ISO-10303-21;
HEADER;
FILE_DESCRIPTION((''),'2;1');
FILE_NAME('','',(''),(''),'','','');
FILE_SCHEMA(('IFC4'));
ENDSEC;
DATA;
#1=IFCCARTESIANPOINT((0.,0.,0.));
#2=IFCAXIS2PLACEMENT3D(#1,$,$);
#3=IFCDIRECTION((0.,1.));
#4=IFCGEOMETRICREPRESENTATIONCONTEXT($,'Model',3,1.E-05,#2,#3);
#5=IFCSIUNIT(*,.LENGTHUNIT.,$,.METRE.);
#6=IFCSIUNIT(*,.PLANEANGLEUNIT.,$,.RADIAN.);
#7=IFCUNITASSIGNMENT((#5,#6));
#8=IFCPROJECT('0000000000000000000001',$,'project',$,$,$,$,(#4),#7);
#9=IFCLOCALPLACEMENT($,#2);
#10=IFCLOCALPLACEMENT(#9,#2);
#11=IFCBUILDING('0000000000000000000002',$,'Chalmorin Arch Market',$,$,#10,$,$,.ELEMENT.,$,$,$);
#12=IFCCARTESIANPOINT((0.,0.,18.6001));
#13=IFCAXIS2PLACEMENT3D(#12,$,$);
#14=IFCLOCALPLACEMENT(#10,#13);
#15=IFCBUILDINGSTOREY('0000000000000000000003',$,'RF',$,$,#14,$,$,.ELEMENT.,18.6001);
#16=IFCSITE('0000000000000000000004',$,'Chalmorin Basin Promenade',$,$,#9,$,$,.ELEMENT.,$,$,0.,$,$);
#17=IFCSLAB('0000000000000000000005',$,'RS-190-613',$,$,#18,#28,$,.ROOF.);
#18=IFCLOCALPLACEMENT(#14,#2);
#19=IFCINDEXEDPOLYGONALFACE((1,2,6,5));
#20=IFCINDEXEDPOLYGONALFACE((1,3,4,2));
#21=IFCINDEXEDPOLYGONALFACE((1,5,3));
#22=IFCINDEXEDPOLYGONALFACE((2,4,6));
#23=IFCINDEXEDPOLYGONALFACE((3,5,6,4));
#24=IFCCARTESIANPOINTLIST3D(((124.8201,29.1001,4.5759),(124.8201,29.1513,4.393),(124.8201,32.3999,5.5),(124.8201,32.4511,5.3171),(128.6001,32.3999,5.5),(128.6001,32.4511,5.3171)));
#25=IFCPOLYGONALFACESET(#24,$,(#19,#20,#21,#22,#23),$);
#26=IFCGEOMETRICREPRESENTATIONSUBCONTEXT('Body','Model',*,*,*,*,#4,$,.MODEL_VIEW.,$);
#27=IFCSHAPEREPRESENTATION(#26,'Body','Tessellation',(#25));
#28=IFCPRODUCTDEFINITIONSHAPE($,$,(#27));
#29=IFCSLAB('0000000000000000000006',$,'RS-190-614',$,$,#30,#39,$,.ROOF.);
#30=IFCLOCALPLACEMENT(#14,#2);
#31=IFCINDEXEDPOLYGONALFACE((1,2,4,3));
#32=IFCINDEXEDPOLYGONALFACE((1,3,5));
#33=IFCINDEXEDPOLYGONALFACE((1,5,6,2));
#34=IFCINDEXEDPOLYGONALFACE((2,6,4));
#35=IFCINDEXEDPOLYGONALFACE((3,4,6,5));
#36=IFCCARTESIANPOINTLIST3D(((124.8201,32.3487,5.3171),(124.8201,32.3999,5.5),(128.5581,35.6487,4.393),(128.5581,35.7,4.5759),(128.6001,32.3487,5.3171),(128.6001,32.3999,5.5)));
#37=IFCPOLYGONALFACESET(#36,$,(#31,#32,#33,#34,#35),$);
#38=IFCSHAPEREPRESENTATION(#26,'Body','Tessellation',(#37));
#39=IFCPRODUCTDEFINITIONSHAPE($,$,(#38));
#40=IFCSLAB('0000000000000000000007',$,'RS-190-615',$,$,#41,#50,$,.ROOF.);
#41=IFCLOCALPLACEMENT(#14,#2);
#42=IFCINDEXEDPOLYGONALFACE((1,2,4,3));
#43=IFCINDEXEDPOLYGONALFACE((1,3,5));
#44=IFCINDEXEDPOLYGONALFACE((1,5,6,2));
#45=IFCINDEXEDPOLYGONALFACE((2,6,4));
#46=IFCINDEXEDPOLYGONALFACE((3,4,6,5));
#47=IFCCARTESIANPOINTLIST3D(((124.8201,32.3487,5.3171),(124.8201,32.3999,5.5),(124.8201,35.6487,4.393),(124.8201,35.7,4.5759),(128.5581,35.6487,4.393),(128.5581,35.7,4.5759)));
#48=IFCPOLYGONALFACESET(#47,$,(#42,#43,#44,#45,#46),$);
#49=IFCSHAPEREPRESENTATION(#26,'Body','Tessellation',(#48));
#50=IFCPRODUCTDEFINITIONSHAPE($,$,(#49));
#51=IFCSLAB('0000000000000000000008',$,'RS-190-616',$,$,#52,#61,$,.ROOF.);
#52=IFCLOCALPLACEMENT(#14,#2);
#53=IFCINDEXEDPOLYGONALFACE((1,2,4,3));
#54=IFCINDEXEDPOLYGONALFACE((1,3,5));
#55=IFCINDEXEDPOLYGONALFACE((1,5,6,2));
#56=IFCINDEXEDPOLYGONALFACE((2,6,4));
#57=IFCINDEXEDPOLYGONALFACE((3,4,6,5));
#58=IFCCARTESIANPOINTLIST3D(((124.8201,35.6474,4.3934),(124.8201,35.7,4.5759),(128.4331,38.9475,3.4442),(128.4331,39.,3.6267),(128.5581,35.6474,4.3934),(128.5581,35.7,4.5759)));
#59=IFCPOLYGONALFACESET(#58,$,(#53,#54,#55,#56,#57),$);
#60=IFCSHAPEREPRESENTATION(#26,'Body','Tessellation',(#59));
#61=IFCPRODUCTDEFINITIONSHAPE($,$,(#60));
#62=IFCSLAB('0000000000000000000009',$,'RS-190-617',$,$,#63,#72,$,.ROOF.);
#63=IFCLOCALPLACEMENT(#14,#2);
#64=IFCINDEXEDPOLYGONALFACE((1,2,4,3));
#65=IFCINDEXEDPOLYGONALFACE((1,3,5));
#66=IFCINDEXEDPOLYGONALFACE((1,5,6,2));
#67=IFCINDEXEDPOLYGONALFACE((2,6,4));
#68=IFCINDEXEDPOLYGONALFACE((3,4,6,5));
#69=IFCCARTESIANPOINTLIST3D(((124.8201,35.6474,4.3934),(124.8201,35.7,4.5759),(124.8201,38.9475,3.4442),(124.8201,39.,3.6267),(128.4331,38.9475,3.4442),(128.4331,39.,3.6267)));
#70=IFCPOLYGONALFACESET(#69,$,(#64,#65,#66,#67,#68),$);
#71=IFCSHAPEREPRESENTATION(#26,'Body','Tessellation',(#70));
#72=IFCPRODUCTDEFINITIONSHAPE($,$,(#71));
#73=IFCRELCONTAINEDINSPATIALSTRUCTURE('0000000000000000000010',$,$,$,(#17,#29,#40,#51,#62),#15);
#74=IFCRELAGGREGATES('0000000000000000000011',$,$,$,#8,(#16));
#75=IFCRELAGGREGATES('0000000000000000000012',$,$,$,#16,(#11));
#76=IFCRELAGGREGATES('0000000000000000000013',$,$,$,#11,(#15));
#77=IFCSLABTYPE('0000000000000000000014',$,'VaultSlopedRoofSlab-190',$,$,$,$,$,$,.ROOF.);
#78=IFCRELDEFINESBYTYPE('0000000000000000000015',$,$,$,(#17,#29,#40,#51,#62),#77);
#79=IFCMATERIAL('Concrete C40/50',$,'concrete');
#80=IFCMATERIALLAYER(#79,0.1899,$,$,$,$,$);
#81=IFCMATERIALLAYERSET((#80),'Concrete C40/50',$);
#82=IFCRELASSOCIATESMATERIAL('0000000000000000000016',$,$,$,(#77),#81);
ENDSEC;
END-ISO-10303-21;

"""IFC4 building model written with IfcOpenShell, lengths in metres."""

from ifc_helpers import new_model, si_unit, direction, frame, origin, place, context, subcontext, project, spatial, polyline, outline, extrude, material, layer, layer_set, type_object, element, save


model = new_model("IFC4")

# Units and contexts
model_context = context("Model", 3, precision=1e-05, world=origin(), true_north=direction((0.0, 1.0)))
body_context = subcontext(model_context, "Body", "Model", "MODEL_VIEW")
ifc_project = project(units=[si_unit("LENGTHUNIT", "METRE"), si_unit("PLANEANGLEUNIT", "RADIAN")], contexts=[model_context])

# Site, building, storey
site_placement = place(None, origin())
site = spatial("IfcSite", under=ifc_project, at=site_placement, Name="Chalmorin Basin Promenade", CompositionType="ELEMENT", RefElevation=0.0)
building_placement = place(site_placement, origin())
building = spatial("IfcBuilding", under=site, at=building_placement, Name="Chalmorin Arch Market", CompositionType="ELEMENT")
storey_placement = place(building_placement, frame((0.0, 0.0, 18.6001)))
storey = spatial("IfcBuildingStorey", under=building, at=storey_placement, Name="RF", CompositionType="ELEMENT", Elevation=18.6001)

# Shared definitions
ifc_material_1 = material(Name="Concrete C40/50", Category="concrete")

# Slabs
ifc_layer_1 = layer(ifc_material_1, 0.1899)
ifc_layer_set_1 = layer_set([ifc_layer_1], Name="Concrete C40/50")
slab_type_1 = type_object("IfcSlabType", Name="VaultSlopedRoofSlab-190", PredefinedType="ROOF", material=ifc_layer_set_1)
slab_1_placement = place(storey_placement, frame((124.8201, 29.1001, 4.5759), z_axis=(0.0, -0.269664, 0.962954), x_axis=(0.74088, 0.646756, 0.181117)))
element("IfcSlab", 1, at=slab_1_placement, inside=storey, type_object=slab_type_1, Name="RS-190-613", PredefinedType="ROOF", context=body_context, shape_type="SweptSolid", body=[
    extrude(outline(polyline([(0.0, 0.0), (5.1021, 0.0), (2.3015, 2.5388), (0.0, 0.0)])), origin(), (0.0, 0.0, -1.0), 0.1899),
])
slab_2_placement = place(storey_placement, frame((124.8201, 32.3999, 5.5), z_axis=(0.0, 0.269646, 0.96296), x_axis=(1.0, 0.0, 0.0)))
element("IfcSlab", 2, at=slab_2_placement, inside=storey, type_object=slab_type_1, Name="RS-190-614", PredefinedType="ROOF", context=body_context, shape_type="SweptSolid", body=[
    extrude(outline(polyline([(0.0, 0.0), (3.78, 0.0), (3.738, 3.427), (0.0, 0.0)])), origin(), (0.0, 0.0, -1.0), 0.1899),
])
slab_3_placement = place(storey_placement, frame((124.8201, 32.3999, 5.5), z_axis=(0.0, 0.269646, 0.96296), x_axis=(0.73711, 0.650742, -0.182219)))
element("IfcSlab", 3, at=slab_3_placement, inside=storey, type_object=slab_type_1, Name="RS-190-615", PredefinedType="ROOF", context=body_context, shape_type="SweptSolid", body=[
    extrude(outline(polyline([(0.0, 0.0), (5.0712, 0.0), (2.3159, 2.5261), (0.0, 0.0)])), origin(), (0.0, 0.0, -1.0), 0.1899),
])
slab_4_placement = place(storey_placement, frame((124.8201, 35.7, 4.5759), z_axis=(0.0, 0.27643, 0.961034), x_axis=(1.0, 0.0, 0.0)))
element("IfcSlab", 4, at=slab_4_placement, inside=storey, type_object=slab_type_1, Name="RS-190-616", PredefinedType="ROOF", context=body_context, shape_type="SweptSolid", body=[
    extrude(outline(polyline([(0.0, 0.0), (3.738, 0.0), (3.613, 3.4339), (0.0, 0.0)])), origin(), (0.0, 0.0, -1.0), 0.1899),
])
slab_5_placement = place(storey_placement, frame((124.8201, 35.7, 4.5759), z_axis=(0.0, 0.27643, 0.961034), x_axis=(0.724852, 0.66206, -0.190434)))
element("IfcSlab", 5, at=slab_5_placement, inside=storey, type_object=slab_type_1, Name="RS-190-617", PredefinedType="ROOF", context=body_context, shape_type="SweptSolid", body=[
    extrude(outline(polyline([(0.0, 0.0), (4.9845, 0.0), (2.3656, 2.489), (0.0, 0.0)])), origin(), (0.0, 0.0, -1.0), 0.1899),
])

save(model, "model.ifc")
